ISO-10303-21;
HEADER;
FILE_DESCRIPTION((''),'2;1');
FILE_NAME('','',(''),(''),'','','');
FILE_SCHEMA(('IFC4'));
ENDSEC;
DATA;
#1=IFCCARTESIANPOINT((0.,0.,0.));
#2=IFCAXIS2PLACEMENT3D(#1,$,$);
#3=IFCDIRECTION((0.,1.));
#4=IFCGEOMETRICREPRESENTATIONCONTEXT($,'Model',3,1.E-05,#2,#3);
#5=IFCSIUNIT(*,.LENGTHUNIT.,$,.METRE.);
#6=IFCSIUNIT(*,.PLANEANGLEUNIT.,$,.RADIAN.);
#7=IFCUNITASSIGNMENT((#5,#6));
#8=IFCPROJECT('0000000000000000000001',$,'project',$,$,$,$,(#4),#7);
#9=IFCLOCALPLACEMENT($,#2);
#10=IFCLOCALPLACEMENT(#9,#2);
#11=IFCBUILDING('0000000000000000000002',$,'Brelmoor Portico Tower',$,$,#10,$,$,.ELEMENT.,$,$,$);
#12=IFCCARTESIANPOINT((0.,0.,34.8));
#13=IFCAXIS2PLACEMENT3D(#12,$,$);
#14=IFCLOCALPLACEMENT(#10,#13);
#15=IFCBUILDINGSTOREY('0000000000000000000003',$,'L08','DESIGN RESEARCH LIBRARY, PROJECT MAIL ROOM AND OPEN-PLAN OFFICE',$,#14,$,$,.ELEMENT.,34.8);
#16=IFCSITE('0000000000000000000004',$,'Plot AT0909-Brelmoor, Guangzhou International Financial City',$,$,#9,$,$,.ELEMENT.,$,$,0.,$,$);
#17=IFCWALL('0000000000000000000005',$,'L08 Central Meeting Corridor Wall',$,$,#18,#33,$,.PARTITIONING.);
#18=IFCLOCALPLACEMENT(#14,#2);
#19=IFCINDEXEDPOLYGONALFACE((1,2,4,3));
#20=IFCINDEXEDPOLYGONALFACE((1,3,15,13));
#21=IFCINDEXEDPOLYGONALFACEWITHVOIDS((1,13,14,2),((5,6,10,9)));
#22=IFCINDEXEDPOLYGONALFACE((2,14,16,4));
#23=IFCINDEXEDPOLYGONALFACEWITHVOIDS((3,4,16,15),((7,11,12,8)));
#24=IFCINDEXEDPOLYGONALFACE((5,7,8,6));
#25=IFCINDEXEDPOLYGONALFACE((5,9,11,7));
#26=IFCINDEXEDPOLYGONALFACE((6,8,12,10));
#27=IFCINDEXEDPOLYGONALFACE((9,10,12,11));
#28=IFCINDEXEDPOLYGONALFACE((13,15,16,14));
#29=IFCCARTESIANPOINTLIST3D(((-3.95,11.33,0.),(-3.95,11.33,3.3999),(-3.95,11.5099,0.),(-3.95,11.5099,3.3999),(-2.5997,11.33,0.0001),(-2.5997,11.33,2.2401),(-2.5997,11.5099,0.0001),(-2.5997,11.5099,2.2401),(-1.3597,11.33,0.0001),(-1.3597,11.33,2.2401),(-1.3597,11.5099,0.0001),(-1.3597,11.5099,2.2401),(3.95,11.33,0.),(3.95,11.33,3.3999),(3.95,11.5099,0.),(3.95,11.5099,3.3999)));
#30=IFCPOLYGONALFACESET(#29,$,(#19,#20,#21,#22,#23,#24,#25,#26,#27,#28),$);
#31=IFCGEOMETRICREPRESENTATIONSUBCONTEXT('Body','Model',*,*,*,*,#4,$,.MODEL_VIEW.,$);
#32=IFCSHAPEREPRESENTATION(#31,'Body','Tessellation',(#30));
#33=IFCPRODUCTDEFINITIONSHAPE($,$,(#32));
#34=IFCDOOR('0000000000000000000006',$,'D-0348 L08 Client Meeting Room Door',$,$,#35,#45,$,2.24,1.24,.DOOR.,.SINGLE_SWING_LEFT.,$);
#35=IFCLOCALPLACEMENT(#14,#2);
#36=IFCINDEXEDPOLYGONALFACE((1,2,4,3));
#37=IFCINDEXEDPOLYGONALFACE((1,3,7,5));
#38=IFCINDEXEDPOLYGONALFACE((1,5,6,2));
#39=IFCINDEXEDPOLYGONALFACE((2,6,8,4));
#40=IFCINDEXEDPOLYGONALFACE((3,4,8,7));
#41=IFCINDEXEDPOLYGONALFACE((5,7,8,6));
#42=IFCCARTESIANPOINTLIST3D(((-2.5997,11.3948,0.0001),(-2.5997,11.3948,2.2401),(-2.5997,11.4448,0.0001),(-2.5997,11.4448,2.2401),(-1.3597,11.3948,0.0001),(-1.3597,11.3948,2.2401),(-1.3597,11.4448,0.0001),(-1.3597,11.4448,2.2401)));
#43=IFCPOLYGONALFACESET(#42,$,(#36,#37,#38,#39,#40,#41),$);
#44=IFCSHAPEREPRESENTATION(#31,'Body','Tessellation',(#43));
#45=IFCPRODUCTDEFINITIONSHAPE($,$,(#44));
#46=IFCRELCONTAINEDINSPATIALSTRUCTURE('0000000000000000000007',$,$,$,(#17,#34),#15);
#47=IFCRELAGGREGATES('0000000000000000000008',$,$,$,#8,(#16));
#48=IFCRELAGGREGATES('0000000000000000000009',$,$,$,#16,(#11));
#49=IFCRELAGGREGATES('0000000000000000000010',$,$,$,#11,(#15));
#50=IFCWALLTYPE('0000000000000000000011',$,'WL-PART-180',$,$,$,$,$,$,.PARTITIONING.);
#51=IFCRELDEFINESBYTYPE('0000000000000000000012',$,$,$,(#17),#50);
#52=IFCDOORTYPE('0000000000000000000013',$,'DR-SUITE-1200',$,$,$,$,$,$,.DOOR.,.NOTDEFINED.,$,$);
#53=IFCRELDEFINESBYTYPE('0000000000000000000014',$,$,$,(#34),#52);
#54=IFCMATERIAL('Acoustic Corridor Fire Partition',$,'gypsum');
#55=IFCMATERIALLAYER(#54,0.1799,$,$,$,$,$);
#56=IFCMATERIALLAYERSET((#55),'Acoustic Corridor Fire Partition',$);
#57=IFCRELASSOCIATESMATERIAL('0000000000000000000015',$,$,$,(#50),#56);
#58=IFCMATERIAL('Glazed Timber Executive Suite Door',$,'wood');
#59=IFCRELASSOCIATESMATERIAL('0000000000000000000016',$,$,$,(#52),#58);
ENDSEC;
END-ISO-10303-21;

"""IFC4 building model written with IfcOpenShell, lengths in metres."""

from ifc_helpers import new_model, si_unit, direction, frame, frame_2d, origin, place, context, subcontext, project, spatial, rectangle, extrude, material, layer, layer_set, type_object, element, fill, save


model = new_model("IFC4")

# Units and contexts
model_context = context("Model", 3, precision=1e-05, world=origin(), true_north=direction((0.0, 1.0)))
body_context = subcontext(model_context, "Body", "Model", "MODEL_VIEW")
ifc_project = project(units=[si_unit("LENGTHUNIT", "METRE"), si_unit("PLANEANGLEUNIT", "RADIAN")], contexts=[model_context])

# Site, building, storey
site_placement = place(None, origin())
site = spatial("IfcSite", under=ifc_project, at=site_placement, Name="Plot AT0909-Brelmoor, Guangzhou International Financial City", CompositionType="ELEMENT", RefElevation=0.0)
building_placement = place(site_placement, origin())
building = spatial("IfcBuilding", under=site, at=building_placement, Name="Brelmoor Portico Tower", CompositionType="ELEMENT")
storey_placement = place(building_placement, frame((0.0, 0.0, 34.8)))
storey = spatial("IfcBuildingStorey", under=building, at=storey_placement, Name="L08", Description="DESIGN RESEARCH LIBRARY, PROJECT MAIL ROOM AND OPEN-PLAN OFFICE", CompositionType="ELEMENT", Elevation=34.8)

# Wall, opening, door
ifc_material_1 = material(Name="Acoustic Corridor Fire Partition", Category="gypsum")
ifc_layer_1 = layer(ifc_material_1, 0.1799)
ifc_layer_set_1 = layer_set([ifc_layer_1], Name="Acoustic Corridor Fire Partition")
wall_type = type_object("IfcWallType", Name="WL-PART-180", PredefinedType="PARTITIONING", material=ifc_layer_set_1)
wall_placement = place(storey_placement, frame((-3.95, 11.4199, 0.0), z_axis=(0.0, 0.0, 1.0), x_axis=(1.0, 0.0, 0.0)))
wall = element("IfcWall", 1, at=wall_placement, inside=storey, type_object=wall_type, Name="L08 Central Meeting Corridor Wall", PredefinedType="PARTITIONING", context=body_context, shape_type="SweptSolid", body=[
    extrude(rectangle(XDim=7.8999, YDim=0.1799, at=frame_2d((3.95, 0.0))), origin(), (0.0, 0.0, 1.0), 3.3999),
])
opening_placement = place(wall_placement, frame((1.3501, 0.0, 0.0)))
opening = element("IfcOpeningElement", 2, at=opening_placement, cuts=wall, PredefinedType="OPENING", context=body_context, shape_type="SweptSolid", body=[
    extrude(rectangle(XDim=1.24, YDim=2.24, at=frame_2d((0.6201, 1.1201))), frame((0.0, 0.0999, 0.0), z_axis=(0.0, -1.0, 0.0), x_axis=(1.0, 0.0, 0.0)), (0.0, 0.0, 1.0), 0.2),
])
ifc_material_2 = material(Name="Glazed Timber Executive Suite Door", Category="wood")
door_type = type_object("IfcDoorType", Name="DR-SUITE-1200", OperationType="NOTDEFINED", PredefinedType="DOOR", material=ifc_material_2)
door_placement = place(opening_placement, origin())
door = element("IfcDoor", 3, at=door_placement, inside=storey, type_object=door_type, Name="D-0348 L08 Client Meeting Room Door", OperationType="SINGLE_SWING_LEFT", OverallHeight=2.24, OverallWidth=1.24, PredefinedType="DOOR", context=body_context, shape_type="SweptSolid", body=[
    extrude(rectangle(XDim=1.24, YDim=2.24, at=frame_2d((0.6201, 1.1201))), frame((0.0, 0.0249, 0.0), z_axis=(0.0, -1.0, 0.0), x_axis=(1.0, 0.0, 0.0)), (0.0, 0.0, 1.0), 0.05),
])
fill(opening, door)

save(model, "model.ifc")
